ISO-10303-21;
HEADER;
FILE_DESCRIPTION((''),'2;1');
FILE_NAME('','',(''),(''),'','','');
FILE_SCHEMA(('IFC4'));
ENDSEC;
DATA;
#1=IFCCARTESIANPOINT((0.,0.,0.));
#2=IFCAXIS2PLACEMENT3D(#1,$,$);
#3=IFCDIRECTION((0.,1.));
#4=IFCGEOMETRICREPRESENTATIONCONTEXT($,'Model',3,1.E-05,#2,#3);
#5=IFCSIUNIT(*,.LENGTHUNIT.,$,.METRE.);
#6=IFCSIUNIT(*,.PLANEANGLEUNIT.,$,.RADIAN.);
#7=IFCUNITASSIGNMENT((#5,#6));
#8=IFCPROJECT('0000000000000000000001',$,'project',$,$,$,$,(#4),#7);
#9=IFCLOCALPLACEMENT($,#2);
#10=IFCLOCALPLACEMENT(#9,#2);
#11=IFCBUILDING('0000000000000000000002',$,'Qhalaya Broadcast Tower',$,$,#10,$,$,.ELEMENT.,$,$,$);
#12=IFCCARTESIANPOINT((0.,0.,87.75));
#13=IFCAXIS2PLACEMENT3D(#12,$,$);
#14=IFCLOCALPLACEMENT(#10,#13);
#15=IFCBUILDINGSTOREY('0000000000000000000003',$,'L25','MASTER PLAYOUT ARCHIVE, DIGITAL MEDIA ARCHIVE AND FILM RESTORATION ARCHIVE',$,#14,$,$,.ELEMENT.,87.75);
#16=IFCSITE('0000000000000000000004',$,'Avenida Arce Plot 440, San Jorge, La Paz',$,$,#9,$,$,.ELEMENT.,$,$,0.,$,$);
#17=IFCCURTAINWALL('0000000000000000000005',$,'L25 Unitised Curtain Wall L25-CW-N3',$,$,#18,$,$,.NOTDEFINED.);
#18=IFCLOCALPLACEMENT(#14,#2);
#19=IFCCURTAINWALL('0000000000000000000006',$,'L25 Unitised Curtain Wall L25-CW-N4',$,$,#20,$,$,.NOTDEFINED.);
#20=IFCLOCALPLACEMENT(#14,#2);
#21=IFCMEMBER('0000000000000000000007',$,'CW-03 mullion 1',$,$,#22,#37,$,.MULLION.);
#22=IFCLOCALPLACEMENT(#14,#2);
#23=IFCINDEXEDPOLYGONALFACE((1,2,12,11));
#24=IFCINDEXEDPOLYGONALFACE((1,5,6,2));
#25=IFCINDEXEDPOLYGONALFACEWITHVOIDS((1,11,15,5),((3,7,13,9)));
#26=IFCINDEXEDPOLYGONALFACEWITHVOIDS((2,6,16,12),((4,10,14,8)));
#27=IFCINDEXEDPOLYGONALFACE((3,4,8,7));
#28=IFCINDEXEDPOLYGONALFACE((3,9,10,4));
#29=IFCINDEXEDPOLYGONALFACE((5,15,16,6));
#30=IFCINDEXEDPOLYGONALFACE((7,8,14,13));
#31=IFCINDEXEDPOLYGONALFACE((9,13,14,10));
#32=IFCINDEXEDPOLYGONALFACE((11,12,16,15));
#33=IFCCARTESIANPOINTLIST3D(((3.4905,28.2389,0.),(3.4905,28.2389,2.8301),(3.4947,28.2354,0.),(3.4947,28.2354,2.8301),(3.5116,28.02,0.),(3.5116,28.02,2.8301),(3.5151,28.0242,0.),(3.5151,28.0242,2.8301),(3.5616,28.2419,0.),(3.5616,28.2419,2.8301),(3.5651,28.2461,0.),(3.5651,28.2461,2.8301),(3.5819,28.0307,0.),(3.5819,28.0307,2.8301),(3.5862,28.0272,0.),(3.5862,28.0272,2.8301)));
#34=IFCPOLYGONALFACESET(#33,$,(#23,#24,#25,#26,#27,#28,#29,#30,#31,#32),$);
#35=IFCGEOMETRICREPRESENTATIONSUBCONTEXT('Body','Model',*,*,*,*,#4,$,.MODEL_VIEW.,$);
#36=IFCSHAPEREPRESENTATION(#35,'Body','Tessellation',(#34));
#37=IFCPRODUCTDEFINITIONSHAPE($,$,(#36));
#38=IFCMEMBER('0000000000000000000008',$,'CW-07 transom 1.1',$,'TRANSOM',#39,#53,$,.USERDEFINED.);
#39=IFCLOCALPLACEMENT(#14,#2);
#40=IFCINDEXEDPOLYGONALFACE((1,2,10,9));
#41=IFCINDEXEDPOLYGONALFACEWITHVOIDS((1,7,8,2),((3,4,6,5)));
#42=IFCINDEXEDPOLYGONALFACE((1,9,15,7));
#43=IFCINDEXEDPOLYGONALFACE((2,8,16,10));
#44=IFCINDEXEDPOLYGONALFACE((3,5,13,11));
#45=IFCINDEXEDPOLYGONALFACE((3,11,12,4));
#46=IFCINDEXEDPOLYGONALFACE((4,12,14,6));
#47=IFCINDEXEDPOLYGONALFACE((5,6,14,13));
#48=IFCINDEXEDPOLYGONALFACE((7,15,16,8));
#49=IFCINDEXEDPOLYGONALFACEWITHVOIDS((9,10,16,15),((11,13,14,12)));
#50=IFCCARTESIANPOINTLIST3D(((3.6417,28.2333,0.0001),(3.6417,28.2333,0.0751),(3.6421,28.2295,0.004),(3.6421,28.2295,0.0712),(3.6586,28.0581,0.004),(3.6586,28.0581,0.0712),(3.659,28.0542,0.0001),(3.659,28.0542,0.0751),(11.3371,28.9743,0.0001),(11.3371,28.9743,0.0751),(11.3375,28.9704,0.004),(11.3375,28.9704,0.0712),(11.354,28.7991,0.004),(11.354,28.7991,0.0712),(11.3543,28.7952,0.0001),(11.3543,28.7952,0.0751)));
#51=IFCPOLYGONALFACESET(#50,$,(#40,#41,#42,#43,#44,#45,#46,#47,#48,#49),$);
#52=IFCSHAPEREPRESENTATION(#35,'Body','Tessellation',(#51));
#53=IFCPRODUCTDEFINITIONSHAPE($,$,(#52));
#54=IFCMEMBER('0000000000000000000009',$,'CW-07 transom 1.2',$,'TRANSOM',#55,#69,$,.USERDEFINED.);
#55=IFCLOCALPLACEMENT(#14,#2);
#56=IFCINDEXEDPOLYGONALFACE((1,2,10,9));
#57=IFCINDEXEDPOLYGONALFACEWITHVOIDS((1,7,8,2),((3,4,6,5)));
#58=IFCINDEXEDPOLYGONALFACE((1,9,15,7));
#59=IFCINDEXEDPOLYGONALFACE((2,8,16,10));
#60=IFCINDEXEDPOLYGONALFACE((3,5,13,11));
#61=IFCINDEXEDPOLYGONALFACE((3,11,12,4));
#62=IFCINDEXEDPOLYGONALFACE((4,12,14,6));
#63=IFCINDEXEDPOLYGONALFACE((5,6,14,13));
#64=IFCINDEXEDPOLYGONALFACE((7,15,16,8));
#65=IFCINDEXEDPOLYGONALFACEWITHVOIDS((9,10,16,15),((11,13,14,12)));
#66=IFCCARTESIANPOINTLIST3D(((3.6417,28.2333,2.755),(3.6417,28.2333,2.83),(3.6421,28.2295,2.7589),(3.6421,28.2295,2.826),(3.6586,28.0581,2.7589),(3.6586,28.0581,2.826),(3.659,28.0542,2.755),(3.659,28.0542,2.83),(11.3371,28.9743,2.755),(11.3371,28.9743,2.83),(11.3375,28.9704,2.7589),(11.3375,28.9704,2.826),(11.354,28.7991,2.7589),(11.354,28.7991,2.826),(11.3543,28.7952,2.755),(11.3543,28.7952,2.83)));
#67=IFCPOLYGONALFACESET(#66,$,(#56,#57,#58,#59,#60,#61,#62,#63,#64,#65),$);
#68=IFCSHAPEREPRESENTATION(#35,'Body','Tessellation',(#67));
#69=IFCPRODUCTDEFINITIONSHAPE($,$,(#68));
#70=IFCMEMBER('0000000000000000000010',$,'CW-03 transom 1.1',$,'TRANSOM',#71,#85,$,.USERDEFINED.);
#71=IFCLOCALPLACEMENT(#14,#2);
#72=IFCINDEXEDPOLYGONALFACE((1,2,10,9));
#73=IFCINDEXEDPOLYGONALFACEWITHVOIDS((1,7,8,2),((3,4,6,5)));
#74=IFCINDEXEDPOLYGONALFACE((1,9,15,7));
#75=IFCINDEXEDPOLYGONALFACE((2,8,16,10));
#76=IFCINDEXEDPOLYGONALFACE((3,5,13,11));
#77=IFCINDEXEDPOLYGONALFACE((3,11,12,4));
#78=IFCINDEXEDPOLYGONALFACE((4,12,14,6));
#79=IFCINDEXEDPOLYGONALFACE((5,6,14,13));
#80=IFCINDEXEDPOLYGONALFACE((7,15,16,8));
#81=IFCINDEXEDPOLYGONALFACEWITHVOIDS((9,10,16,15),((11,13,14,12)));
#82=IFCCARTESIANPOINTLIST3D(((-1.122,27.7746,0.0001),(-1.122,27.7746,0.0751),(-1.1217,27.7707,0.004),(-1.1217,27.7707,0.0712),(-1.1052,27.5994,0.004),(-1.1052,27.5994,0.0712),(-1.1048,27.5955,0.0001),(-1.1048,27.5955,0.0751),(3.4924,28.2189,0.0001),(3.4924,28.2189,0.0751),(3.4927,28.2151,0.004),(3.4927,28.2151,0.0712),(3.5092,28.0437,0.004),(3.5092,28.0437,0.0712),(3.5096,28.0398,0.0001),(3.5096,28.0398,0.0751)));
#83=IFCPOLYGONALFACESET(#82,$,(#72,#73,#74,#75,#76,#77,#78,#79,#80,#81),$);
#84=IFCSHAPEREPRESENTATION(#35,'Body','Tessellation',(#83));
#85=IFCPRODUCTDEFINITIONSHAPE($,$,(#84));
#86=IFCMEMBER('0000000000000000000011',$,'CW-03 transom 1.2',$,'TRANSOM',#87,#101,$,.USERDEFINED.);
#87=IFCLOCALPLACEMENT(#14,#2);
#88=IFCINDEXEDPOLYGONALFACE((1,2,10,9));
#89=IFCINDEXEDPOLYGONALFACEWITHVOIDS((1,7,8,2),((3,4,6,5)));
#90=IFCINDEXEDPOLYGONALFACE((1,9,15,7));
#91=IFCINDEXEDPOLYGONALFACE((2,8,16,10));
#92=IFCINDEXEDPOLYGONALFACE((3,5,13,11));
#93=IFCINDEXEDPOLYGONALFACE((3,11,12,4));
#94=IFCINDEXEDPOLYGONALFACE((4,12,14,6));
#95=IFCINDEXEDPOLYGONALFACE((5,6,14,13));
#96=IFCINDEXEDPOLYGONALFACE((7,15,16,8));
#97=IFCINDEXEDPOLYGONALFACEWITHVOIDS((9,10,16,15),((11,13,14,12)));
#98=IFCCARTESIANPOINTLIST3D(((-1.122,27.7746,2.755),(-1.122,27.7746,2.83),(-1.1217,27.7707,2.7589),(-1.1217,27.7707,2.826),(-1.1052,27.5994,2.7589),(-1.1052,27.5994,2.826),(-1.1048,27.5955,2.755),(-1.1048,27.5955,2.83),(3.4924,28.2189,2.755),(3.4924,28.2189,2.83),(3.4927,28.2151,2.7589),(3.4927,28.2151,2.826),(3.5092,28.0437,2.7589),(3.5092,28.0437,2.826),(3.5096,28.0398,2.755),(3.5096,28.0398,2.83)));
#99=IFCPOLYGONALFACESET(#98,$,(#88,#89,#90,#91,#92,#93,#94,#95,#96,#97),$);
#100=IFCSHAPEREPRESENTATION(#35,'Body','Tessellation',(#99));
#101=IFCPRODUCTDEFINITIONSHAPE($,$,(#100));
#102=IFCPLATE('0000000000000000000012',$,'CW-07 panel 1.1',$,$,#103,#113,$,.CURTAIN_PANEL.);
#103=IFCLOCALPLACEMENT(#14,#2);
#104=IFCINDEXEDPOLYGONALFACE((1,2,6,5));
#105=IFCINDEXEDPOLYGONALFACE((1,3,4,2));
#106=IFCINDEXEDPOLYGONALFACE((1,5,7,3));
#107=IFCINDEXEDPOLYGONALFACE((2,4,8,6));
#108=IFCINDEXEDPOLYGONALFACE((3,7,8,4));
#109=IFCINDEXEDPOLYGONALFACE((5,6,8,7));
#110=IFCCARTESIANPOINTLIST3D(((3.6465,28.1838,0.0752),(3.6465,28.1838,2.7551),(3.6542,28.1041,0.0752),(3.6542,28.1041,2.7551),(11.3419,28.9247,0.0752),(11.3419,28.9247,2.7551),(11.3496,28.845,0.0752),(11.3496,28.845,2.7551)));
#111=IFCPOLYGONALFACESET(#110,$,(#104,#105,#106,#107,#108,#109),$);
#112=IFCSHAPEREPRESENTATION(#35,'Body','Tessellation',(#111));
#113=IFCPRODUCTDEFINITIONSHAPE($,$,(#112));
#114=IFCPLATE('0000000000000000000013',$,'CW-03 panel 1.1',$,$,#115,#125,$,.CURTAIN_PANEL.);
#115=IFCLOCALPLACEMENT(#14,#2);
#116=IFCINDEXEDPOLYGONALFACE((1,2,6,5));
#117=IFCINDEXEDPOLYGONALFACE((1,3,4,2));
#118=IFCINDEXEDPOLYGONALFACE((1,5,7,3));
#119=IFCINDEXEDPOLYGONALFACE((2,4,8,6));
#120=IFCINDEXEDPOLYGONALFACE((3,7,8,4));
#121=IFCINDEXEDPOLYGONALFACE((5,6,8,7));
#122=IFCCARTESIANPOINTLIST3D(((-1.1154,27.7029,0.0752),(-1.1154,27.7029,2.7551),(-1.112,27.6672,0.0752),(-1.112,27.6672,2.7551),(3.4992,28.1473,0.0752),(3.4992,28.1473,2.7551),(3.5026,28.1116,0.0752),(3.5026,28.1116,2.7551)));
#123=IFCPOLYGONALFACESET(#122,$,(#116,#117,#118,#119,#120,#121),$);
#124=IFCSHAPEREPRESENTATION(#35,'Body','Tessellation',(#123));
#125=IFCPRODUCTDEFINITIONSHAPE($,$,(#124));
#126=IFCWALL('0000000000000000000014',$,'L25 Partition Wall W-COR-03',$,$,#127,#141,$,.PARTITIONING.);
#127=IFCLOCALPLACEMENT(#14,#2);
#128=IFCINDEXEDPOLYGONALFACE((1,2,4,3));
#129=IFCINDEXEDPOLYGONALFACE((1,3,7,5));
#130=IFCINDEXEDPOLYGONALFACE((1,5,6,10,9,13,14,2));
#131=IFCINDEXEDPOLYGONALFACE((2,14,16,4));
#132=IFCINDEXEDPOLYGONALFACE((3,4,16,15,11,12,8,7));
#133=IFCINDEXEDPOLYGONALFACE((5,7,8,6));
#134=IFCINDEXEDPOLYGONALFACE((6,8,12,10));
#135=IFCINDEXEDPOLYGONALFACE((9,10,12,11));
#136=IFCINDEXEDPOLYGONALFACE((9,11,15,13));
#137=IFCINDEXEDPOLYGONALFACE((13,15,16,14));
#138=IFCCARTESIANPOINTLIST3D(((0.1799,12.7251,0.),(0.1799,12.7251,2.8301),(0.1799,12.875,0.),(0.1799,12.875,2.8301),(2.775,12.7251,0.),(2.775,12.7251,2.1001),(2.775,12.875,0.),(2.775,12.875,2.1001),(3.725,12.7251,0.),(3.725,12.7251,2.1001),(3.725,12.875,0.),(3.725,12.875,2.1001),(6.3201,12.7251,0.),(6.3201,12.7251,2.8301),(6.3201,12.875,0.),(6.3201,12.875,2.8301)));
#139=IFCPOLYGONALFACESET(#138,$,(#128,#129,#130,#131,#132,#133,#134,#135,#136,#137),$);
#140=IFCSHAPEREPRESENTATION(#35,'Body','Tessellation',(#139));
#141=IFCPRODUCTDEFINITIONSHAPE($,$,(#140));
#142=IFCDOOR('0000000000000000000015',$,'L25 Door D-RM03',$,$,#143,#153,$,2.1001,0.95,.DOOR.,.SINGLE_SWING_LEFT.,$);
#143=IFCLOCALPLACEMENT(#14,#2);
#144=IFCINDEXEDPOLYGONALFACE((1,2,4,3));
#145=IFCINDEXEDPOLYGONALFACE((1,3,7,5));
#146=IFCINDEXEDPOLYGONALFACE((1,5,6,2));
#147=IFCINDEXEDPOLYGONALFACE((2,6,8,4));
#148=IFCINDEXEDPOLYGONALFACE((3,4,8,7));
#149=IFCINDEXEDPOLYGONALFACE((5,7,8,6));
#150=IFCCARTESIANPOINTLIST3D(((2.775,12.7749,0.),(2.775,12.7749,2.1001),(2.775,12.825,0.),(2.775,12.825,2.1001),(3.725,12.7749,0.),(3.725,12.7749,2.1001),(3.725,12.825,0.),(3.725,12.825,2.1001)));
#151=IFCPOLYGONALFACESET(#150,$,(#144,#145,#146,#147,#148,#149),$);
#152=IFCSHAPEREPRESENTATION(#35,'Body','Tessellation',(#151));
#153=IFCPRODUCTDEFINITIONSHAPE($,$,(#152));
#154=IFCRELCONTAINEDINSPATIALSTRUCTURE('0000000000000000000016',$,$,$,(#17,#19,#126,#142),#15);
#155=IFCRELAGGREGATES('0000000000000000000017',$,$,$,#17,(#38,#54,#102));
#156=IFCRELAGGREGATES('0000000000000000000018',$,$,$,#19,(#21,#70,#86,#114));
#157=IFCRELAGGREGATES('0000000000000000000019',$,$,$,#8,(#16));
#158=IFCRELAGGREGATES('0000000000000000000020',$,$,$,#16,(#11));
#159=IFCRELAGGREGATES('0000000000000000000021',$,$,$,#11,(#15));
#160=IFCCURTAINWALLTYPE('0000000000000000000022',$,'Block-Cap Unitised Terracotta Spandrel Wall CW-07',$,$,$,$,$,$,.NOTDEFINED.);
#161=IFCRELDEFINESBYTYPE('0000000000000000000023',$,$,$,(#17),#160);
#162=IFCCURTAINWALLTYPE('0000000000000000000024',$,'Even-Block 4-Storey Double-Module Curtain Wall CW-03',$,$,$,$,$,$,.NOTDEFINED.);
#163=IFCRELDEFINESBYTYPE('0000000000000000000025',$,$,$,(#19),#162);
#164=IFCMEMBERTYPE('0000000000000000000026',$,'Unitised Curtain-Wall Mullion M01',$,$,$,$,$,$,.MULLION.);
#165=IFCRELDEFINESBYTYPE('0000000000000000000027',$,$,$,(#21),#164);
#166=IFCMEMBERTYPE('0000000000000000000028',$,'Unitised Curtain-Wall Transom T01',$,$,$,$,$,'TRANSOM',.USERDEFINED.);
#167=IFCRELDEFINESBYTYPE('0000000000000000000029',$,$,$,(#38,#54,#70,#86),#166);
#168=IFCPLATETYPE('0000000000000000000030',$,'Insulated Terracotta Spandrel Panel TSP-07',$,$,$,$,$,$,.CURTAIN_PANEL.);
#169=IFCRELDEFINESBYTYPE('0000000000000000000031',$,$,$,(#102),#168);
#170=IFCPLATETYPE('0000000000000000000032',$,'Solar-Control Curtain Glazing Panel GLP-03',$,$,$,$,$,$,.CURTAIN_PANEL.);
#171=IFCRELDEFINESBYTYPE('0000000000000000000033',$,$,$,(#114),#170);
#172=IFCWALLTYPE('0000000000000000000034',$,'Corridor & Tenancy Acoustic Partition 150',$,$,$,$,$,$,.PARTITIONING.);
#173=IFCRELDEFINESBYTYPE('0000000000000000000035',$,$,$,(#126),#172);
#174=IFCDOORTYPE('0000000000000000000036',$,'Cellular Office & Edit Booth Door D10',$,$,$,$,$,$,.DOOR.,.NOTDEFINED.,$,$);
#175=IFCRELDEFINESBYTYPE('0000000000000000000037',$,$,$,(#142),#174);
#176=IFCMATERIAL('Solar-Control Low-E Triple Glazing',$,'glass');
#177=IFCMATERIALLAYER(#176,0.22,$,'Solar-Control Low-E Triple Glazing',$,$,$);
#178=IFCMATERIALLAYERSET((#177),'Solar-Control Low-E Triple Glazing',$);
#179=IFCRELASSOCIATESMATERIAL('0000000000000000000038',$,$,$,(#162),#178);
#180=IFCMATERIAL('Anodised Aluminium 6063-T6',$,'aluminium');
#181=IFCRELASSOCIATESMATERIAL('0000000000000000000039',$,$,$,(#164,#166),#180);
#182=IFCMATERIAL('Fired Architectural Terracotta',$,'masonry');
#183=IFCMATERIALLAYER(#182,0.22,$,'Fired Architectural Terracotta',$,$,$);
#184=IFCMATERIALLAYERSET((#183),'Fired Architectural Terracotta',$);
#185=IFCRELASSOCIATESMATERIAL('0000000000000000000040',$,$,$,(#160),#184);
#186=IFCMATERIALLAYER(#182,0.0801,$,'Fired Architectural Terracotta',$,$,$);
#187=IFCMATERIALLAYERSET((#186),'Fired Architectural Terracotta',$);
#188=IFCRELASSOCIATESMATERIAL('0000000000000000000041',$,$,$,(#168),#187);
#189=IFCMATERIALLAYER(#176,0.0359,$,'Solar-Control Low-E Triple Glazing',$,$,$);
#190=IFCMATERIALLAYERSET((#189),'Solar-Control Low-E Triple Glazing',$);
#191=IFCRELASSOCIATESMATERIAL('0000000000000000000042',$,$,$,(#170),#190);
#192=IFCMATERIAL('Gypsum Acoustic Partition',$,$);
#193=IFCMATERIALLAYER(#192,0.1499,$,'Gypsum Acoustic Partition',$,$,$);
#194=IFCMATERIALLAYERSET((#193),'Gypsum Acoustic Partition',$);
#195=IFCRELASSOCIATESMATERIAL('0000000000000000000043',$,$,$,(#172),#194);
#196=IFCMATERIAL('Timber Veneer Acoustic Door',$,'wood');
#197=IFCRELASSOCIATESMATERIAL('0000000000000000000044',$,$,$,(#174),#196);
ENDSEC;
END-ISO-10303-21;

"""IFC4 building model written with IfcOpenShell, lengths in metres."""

from ifc_helpers import new_model, si_unit, direction, frame, frame_2d, origin, origin_2d, place, context, subcontext, project, spatial, rectangle, hollow_rectangle, extrude, material, layer, layer_set, material_profile, profile_set, type_object, element, fill, aggregate, save


model = new_model("IFC4")

# Units and contexts
model_context = context("Model", 3, precision=1e-05, world=origin(), true_north=direction((0.0, 1.0)))
body_context = subcontext(model_context, "Body", "Model", "MODEL_VIEW")
ifc_project = project(units=[si_unit("LENGTHUNIT", "METRE"), si_unit("PLANEANGLEUNIT", "RADIAN")], contexts=[model_context])

# Site, building, storey
site_placement = place(None, origin())
site = spatial("IfcSite", under=ifc_project, at=site_placement, Name="Avenida Arce Plot 440, San Jorge, La Paz", CompositionType="ELEMENT", RefElevation=0.0)
building_placement = place(site_placement, origin())
building = spatial("IfcBuilding", under=site, at=building_placement, Name="Qhalaya Broadcast Tower", CompositionType="ELEMENT")
storey_placement = place(building_placement, frame((0.0, 0.0, 87.75)))
storey = spatial("IfcBuildingStorey", under=building, at=storey_placement, Name="L25", Description="MASTER PLAYOUT ARCHIVE, DIGITAL MEDIA ARCHIVE AND FILM RESTORATION ARCHIVE", CompositionType="ELEMENT", Elevation=87.75)

# Shared definitions
ifc_material_1 = material(Name="Solar-Control Low-E Triple Glazing", Category="glass")
ifc_layer_1 = layer(ifc_material_1, 0.22, Name="Solar-Control Low-E Triple Glazing")
ifc_layer_set_1 = layer_set([ifc_layer_1], Name="Solar-Control Low-E Triple Glazing")
curtain_wall_type_1 = type_object("IfcCurtainWallType", Name="Even-Block 4-Storey Double-Module Curtain Wall CW-03", PredefinedType="NOTDEFINED", material=ifc_layer_set_1)
ifc_material_2 = material(Name="Anodised Aluminium 6063-T6", Category="aluminium")
ifc_material_profile_1 = material_profile(ifc_material_2, hollow_rectangle(XDim=0.075, YDim=0.22, WallThickness=0.0039, at=origin_2d()), Name="ALU-MUL 75x220x4")
ifc_profile_set_1 = profile_set([ifc_material_profile_1], Name="Anodised Aluminium 6063-T6")
member_type_1 = type_object("IfcMemberType", Name="Unitised Curtain-Wall Mullion M01", PredefinedType="MULLION", material=ifc_profile_set_1)

# Curtain wall
ifc_material_3 = material(Name="Fired Architectural Terracotta", Category="masonry")
ifc_layer_2 = layer(ifc_material_3, 0.22, Name="Fired Architectural Terracotta")
ifc_layer_set_2 = layer_set([ifc_layer_2], Name="Fired Architectural Terracotta")
curtain_wall_type_2 = type_object("IfcCurtainWallType", Name="Block-Cap Unitised Terracotta Spandrel Wall CW-07", PredefinedType="NOTDEFINED", material=ifc_layer_set_2)
curtain_wall_1_placement = place(storey_placement, origin())
curtain_wall_1 = element("IfcCurtainWall", 1, at=curtain_wall_1_placement, inside=storey, type_object=curtain_wall_type_2, Name="L25 Unitised Curtain Wall L25-CW-N3", PredefinedType="NOTDEFINED")

# Curtain wall, member
curtain_wall_2_placement = place(storey_placement, origin())
curtain_wall_2 = element("IfcCurtainWall", 2, at=curtain_wall_2_placement, inside=storey, type_object=curtain_wall_type_1, Name="L25 Unitised Curtain Wall L25-CW-N4", PredefinedType="NOTDEFINED")
member_1_placement = place(storey_placement, frame((3.5383, 28.1331, 0.0), z_axis=(0.0, 0.0, 1.0), x_axis=(-0.995395, -0.095862, 0.0)))
member_1 = element("IfcMember", 3, at=member_1_placement, type_object=member_type_1, Name="CW-03 mullion 1", PredefinedType="MULLION", context=body_context, shape_type="SweptSolid", body=[
    extrude(hollow_rectangle(XDim=0.075, YDim=0.22, WallThickness=0.0039, at=origin_2d()), origin(), (0.0, 0.0, 1.0), 2.8301),
])

# Members
ifc_material_profile_2 = material_profile(ifc_material_2, hollow_rectangle(XDim=0.075, YDim=0.1799, WallThickness=0.0039, at=origin_2d()), Name="ALU-TRN 75x180x4")
ifc_profile_set_2 = profile_set([ifc_material_profile_2], Name="Anodised Aluminium 6063-T6")
member_type_2 = type_object("IfcMemberType", Name="Unitised Curtain-Wall Transom T01", ElementType="TRANSOM", PredefinedType="USERDEFINED", material=ifc_profile_set_2)
member_2_placement = place(storey_placement, frame((11.3457, 28.8848, 0.0376), z_axis=(-0.995396, -0.095845, 0.0), x_axis=(0.0, 0.0, 1.0)))
member_2 = element("IfcMember", 4, at=member_2_placement, type_object=member_type_2, Name="CW-07 transom 1.1", ObjectType="TRANSOM", PredefinedType="USERDEFINED", context=body_context, shape_type="SweptSolid", body=[
    extrude(hollow_rectangle(XDim=0.075, YDim=0.1799, WallThickness=0.0039, at=origin_2d()), origin(), (0.0, 0.0, 1.0), 7.731),
])
member_3_placement = place(storey_placement, frame((11.3457, 28.8848, 2.7925), z_axis=(-0.995396, -0.095845, 0.0), x_axis=(0.0, 0.0, 1.0)))
member_3 = element("IfcMember", 5, at=member_3_placement, type_object=member_type_2, Name="CW-07 transom 1.2", ObjectType="TRANSOM", PredefinedType="USERDEFINED", context=body_context, shape_type="SweptSolid", body=[
    extrude(hollow_rectangle(XDim=0.075, YDim=0.1799, WallThickness=0.0039, at=origin_2d()), origin(), (0.0, 0.0, 1.0), 7.731),
])
member_4_placement = place(storey_placement, frame((3.501, 28.1294, 0.0376), z_axis=(-0.995396, -0.095848, 0.0), x_axis=(0.0, 0.0, 1.0)))
member_4 = element("IfcMember", 6, at=member_4_placement, type_object=member_type_2, Name="CW-03 transom 1.1", ObjectType="TRANSOM", PredefinedType="USERDEFINED", context=body_context, shape_type="SweptSolid", body=[
    extrude(hollow_rectangle(XDim=0.075, YDim=0.1799, WallThickness=0.0039, at=origin_2d()), origin(), (0.0, 0.0, 1.0), 4.6357),
])
member_5_placement = place(storey_placement, frame((3.501, 28.1294, 2.7925), z_axis=(-0.995396, -0.095848, 0.0), x_axis=(0.0, 0.0, 1.0)))
member_5 = element("IfcMember", 7, at=member_5_placement, type_object=member_type_2, Name="CW-03 transom 1.2", ObjectType="TRANSOM", PredefinedType="USERDEFINED", context=body_context, shape_type="SweptSolid", body=[
    extrude(hollow_rectangle(XDim=0.075, YDim=0.1799, WallThickness=0.0039, at=origin_2d()), origin(), (0.0, 0.0, 1.0), 4.6357),
])

# Plates
ifc_layer_3 = layer(ifc_material_3, 0.0801, Name="Fired Architectural Terracotta")
ifc_layer_set_3 = layer_set([ifc_layer_3], Name="Fired Architectural Terracotta")
plate_type_1 = type_object("IfcPlateType", Name="Insulated Terracotta Spandrel Panel TSP-07", PredefinedType="CURTAIN_PANEL", material=ifc_layer_set_3)
plate_1_placement = place(storey_placement, frame((7.498, 28.5144, 0.0752), z_axis=(0.0, 0.0, 1.0), x_axis=(-0.995397, -0.095838, 0.0)))
plate_1 = element("IfcPlate", 8, at=plate_1_placement, type_object=plate_type_1, Name="CW-07 panel 1.1", PredefinedType="CURTAIN_PANEL", context=body_context, shape_type="SweptSolid", body=[
    extrude(rectangle(XDim=7.731, YDim=0.0801, at=origin_2d()), origin(), (0.0, 0.0, 1.0), 2.6799),
])
aggregate(curtain_wall_1, [member_2, member_3, plate_1])
ifc_layer_4 = layer(ifc_material_1, 0.0359, Name="Solar-Control Low-E Triple Glazing")
ifc_layer_set_4 = layer_set([ifc_layer_4], Name="Solar-Control Low-E Triple Glazing")
plate_type_2 = type_object("IfcPlateType", Name="Solar-Control Curtain Glazing Panel GLP-03", PredefinedType="CURTAIN_PANEL", material=ifc_layer_set_4)
plate_2_placement = place(storey_placement, frame((1.1936, 27.9072, 0.0752), z_axis=(0.0, 0.0, 1.0), x_axis=(-0.995395, -0.095862, 0.0)))
plate_2 = element("IfcPlate", 9, at=plate_2_placement, type_object=plate_type_2, Name="CW-03 panel 1.1", PredefinedType="CURTAIN_PANEL", context=body_context, shape_type="SweptSolid", body=[
    extrude(rectangle(XDim=4.636, YDim=0.0359, at=origin_2d()), origin(), (0.0, 0.0, 1.0), 2.6799),
])
aggregate(curtain_wall_2, [member_1, member_4, member_5, plate_2])

# Wall, opening, door
ifc_material_4 = material(Name="Gypsum Acoustic Partition")
ifc_layer_5 = layer(ifc_material_4, 0.1499, Name="Gypsum Acoustic Partition")
ifc_layer_set_5 = layer_set([ifc_layer_5], Name="Gypsum Acoustic Partition")
wall_type_1 = type_object("IfcWallType", Name="Corridor & Tenancy Acoustic Partition 150", PredefinedType="PARTITIONING", material=ifc_layer_set_5)
wall_1_placement = place(storey_placement, frame((0.1799, 12.8, 0.0), z_axis=(0.0, 0.0, 1.0), x_axis=(1.0, 0.0, 0.0)))
wall_1 = element("IfcWall", 10, at=wall_1_placement, inside=storey, type_object=wall_type_1, Name="L25 Partition Wall W-COR-03", PredefinedType="PARTITIONING", context=body_context, shape_type="SweptSolid", body=[
    extrude(rectangle(XDim=6.1401, YDim=0.1499, at=frame_2d((3.0701, 0.0))), origin(), (0.0, 0.0, 1.0), 2.8301),
])
opening_1_placement = place(wall_1_placement, frame((2.595, 0.0, 0.0)))
opening_1 = element("IfcOpeningElement", 11, at=opening_1_placement, cuts=wall_1, PredefinedType="OPENING", context=body_context, shape_type="SweptSolid", body=[
    extrude(rectangle(XDim=0.95, YDim=2.1001, at=frame_2d((0.4751, 1.05))), frame((0.0, 0.0869, 0.0), z_axis=(0.0, -1.0, 0.0), x_axis=(1.0, 0.0, 0.0)), (0.0, 0.0, 1.0), 0.1738),
])
ifc_material_5 = material(Name="Timber Veneer Acoustic Door", Category="wood")
door_type = type_object("IfcDoorType", Name="Cellular Office & Edit Booth Door D10", OperationType="NOTDEFINED", PredefinedType="DOOR", material=ifc_material_5)
door_1_placement = place(opening_1_placement, origin())
door_1 = element("IfcDoor", 12, at=door_1_placement, inside=storey, type_object=door_type, Name="L25 Door D-RM03", OperationType="SINGLE_SWING_LEFT", OverallHeight=2.1001, OverallWidth=0.95, PredefinedType="DOOR", context=body_context, shape_type="SweptSolid", body=[
    extrude(rectangle(XDim=0.95, YDim=2.1001, at=frame_2d((0.4751, 1.05))), frame((0.0, 0.0249, 0.0), z_axis=(0.0, -1.0, 0.0), x_axis=(1.0, 0.0, 0.0)), (0.0, 0.0, 1.0), 0.05),
])
fill(opening_1, door_1)

save(model, "model.ifc")
